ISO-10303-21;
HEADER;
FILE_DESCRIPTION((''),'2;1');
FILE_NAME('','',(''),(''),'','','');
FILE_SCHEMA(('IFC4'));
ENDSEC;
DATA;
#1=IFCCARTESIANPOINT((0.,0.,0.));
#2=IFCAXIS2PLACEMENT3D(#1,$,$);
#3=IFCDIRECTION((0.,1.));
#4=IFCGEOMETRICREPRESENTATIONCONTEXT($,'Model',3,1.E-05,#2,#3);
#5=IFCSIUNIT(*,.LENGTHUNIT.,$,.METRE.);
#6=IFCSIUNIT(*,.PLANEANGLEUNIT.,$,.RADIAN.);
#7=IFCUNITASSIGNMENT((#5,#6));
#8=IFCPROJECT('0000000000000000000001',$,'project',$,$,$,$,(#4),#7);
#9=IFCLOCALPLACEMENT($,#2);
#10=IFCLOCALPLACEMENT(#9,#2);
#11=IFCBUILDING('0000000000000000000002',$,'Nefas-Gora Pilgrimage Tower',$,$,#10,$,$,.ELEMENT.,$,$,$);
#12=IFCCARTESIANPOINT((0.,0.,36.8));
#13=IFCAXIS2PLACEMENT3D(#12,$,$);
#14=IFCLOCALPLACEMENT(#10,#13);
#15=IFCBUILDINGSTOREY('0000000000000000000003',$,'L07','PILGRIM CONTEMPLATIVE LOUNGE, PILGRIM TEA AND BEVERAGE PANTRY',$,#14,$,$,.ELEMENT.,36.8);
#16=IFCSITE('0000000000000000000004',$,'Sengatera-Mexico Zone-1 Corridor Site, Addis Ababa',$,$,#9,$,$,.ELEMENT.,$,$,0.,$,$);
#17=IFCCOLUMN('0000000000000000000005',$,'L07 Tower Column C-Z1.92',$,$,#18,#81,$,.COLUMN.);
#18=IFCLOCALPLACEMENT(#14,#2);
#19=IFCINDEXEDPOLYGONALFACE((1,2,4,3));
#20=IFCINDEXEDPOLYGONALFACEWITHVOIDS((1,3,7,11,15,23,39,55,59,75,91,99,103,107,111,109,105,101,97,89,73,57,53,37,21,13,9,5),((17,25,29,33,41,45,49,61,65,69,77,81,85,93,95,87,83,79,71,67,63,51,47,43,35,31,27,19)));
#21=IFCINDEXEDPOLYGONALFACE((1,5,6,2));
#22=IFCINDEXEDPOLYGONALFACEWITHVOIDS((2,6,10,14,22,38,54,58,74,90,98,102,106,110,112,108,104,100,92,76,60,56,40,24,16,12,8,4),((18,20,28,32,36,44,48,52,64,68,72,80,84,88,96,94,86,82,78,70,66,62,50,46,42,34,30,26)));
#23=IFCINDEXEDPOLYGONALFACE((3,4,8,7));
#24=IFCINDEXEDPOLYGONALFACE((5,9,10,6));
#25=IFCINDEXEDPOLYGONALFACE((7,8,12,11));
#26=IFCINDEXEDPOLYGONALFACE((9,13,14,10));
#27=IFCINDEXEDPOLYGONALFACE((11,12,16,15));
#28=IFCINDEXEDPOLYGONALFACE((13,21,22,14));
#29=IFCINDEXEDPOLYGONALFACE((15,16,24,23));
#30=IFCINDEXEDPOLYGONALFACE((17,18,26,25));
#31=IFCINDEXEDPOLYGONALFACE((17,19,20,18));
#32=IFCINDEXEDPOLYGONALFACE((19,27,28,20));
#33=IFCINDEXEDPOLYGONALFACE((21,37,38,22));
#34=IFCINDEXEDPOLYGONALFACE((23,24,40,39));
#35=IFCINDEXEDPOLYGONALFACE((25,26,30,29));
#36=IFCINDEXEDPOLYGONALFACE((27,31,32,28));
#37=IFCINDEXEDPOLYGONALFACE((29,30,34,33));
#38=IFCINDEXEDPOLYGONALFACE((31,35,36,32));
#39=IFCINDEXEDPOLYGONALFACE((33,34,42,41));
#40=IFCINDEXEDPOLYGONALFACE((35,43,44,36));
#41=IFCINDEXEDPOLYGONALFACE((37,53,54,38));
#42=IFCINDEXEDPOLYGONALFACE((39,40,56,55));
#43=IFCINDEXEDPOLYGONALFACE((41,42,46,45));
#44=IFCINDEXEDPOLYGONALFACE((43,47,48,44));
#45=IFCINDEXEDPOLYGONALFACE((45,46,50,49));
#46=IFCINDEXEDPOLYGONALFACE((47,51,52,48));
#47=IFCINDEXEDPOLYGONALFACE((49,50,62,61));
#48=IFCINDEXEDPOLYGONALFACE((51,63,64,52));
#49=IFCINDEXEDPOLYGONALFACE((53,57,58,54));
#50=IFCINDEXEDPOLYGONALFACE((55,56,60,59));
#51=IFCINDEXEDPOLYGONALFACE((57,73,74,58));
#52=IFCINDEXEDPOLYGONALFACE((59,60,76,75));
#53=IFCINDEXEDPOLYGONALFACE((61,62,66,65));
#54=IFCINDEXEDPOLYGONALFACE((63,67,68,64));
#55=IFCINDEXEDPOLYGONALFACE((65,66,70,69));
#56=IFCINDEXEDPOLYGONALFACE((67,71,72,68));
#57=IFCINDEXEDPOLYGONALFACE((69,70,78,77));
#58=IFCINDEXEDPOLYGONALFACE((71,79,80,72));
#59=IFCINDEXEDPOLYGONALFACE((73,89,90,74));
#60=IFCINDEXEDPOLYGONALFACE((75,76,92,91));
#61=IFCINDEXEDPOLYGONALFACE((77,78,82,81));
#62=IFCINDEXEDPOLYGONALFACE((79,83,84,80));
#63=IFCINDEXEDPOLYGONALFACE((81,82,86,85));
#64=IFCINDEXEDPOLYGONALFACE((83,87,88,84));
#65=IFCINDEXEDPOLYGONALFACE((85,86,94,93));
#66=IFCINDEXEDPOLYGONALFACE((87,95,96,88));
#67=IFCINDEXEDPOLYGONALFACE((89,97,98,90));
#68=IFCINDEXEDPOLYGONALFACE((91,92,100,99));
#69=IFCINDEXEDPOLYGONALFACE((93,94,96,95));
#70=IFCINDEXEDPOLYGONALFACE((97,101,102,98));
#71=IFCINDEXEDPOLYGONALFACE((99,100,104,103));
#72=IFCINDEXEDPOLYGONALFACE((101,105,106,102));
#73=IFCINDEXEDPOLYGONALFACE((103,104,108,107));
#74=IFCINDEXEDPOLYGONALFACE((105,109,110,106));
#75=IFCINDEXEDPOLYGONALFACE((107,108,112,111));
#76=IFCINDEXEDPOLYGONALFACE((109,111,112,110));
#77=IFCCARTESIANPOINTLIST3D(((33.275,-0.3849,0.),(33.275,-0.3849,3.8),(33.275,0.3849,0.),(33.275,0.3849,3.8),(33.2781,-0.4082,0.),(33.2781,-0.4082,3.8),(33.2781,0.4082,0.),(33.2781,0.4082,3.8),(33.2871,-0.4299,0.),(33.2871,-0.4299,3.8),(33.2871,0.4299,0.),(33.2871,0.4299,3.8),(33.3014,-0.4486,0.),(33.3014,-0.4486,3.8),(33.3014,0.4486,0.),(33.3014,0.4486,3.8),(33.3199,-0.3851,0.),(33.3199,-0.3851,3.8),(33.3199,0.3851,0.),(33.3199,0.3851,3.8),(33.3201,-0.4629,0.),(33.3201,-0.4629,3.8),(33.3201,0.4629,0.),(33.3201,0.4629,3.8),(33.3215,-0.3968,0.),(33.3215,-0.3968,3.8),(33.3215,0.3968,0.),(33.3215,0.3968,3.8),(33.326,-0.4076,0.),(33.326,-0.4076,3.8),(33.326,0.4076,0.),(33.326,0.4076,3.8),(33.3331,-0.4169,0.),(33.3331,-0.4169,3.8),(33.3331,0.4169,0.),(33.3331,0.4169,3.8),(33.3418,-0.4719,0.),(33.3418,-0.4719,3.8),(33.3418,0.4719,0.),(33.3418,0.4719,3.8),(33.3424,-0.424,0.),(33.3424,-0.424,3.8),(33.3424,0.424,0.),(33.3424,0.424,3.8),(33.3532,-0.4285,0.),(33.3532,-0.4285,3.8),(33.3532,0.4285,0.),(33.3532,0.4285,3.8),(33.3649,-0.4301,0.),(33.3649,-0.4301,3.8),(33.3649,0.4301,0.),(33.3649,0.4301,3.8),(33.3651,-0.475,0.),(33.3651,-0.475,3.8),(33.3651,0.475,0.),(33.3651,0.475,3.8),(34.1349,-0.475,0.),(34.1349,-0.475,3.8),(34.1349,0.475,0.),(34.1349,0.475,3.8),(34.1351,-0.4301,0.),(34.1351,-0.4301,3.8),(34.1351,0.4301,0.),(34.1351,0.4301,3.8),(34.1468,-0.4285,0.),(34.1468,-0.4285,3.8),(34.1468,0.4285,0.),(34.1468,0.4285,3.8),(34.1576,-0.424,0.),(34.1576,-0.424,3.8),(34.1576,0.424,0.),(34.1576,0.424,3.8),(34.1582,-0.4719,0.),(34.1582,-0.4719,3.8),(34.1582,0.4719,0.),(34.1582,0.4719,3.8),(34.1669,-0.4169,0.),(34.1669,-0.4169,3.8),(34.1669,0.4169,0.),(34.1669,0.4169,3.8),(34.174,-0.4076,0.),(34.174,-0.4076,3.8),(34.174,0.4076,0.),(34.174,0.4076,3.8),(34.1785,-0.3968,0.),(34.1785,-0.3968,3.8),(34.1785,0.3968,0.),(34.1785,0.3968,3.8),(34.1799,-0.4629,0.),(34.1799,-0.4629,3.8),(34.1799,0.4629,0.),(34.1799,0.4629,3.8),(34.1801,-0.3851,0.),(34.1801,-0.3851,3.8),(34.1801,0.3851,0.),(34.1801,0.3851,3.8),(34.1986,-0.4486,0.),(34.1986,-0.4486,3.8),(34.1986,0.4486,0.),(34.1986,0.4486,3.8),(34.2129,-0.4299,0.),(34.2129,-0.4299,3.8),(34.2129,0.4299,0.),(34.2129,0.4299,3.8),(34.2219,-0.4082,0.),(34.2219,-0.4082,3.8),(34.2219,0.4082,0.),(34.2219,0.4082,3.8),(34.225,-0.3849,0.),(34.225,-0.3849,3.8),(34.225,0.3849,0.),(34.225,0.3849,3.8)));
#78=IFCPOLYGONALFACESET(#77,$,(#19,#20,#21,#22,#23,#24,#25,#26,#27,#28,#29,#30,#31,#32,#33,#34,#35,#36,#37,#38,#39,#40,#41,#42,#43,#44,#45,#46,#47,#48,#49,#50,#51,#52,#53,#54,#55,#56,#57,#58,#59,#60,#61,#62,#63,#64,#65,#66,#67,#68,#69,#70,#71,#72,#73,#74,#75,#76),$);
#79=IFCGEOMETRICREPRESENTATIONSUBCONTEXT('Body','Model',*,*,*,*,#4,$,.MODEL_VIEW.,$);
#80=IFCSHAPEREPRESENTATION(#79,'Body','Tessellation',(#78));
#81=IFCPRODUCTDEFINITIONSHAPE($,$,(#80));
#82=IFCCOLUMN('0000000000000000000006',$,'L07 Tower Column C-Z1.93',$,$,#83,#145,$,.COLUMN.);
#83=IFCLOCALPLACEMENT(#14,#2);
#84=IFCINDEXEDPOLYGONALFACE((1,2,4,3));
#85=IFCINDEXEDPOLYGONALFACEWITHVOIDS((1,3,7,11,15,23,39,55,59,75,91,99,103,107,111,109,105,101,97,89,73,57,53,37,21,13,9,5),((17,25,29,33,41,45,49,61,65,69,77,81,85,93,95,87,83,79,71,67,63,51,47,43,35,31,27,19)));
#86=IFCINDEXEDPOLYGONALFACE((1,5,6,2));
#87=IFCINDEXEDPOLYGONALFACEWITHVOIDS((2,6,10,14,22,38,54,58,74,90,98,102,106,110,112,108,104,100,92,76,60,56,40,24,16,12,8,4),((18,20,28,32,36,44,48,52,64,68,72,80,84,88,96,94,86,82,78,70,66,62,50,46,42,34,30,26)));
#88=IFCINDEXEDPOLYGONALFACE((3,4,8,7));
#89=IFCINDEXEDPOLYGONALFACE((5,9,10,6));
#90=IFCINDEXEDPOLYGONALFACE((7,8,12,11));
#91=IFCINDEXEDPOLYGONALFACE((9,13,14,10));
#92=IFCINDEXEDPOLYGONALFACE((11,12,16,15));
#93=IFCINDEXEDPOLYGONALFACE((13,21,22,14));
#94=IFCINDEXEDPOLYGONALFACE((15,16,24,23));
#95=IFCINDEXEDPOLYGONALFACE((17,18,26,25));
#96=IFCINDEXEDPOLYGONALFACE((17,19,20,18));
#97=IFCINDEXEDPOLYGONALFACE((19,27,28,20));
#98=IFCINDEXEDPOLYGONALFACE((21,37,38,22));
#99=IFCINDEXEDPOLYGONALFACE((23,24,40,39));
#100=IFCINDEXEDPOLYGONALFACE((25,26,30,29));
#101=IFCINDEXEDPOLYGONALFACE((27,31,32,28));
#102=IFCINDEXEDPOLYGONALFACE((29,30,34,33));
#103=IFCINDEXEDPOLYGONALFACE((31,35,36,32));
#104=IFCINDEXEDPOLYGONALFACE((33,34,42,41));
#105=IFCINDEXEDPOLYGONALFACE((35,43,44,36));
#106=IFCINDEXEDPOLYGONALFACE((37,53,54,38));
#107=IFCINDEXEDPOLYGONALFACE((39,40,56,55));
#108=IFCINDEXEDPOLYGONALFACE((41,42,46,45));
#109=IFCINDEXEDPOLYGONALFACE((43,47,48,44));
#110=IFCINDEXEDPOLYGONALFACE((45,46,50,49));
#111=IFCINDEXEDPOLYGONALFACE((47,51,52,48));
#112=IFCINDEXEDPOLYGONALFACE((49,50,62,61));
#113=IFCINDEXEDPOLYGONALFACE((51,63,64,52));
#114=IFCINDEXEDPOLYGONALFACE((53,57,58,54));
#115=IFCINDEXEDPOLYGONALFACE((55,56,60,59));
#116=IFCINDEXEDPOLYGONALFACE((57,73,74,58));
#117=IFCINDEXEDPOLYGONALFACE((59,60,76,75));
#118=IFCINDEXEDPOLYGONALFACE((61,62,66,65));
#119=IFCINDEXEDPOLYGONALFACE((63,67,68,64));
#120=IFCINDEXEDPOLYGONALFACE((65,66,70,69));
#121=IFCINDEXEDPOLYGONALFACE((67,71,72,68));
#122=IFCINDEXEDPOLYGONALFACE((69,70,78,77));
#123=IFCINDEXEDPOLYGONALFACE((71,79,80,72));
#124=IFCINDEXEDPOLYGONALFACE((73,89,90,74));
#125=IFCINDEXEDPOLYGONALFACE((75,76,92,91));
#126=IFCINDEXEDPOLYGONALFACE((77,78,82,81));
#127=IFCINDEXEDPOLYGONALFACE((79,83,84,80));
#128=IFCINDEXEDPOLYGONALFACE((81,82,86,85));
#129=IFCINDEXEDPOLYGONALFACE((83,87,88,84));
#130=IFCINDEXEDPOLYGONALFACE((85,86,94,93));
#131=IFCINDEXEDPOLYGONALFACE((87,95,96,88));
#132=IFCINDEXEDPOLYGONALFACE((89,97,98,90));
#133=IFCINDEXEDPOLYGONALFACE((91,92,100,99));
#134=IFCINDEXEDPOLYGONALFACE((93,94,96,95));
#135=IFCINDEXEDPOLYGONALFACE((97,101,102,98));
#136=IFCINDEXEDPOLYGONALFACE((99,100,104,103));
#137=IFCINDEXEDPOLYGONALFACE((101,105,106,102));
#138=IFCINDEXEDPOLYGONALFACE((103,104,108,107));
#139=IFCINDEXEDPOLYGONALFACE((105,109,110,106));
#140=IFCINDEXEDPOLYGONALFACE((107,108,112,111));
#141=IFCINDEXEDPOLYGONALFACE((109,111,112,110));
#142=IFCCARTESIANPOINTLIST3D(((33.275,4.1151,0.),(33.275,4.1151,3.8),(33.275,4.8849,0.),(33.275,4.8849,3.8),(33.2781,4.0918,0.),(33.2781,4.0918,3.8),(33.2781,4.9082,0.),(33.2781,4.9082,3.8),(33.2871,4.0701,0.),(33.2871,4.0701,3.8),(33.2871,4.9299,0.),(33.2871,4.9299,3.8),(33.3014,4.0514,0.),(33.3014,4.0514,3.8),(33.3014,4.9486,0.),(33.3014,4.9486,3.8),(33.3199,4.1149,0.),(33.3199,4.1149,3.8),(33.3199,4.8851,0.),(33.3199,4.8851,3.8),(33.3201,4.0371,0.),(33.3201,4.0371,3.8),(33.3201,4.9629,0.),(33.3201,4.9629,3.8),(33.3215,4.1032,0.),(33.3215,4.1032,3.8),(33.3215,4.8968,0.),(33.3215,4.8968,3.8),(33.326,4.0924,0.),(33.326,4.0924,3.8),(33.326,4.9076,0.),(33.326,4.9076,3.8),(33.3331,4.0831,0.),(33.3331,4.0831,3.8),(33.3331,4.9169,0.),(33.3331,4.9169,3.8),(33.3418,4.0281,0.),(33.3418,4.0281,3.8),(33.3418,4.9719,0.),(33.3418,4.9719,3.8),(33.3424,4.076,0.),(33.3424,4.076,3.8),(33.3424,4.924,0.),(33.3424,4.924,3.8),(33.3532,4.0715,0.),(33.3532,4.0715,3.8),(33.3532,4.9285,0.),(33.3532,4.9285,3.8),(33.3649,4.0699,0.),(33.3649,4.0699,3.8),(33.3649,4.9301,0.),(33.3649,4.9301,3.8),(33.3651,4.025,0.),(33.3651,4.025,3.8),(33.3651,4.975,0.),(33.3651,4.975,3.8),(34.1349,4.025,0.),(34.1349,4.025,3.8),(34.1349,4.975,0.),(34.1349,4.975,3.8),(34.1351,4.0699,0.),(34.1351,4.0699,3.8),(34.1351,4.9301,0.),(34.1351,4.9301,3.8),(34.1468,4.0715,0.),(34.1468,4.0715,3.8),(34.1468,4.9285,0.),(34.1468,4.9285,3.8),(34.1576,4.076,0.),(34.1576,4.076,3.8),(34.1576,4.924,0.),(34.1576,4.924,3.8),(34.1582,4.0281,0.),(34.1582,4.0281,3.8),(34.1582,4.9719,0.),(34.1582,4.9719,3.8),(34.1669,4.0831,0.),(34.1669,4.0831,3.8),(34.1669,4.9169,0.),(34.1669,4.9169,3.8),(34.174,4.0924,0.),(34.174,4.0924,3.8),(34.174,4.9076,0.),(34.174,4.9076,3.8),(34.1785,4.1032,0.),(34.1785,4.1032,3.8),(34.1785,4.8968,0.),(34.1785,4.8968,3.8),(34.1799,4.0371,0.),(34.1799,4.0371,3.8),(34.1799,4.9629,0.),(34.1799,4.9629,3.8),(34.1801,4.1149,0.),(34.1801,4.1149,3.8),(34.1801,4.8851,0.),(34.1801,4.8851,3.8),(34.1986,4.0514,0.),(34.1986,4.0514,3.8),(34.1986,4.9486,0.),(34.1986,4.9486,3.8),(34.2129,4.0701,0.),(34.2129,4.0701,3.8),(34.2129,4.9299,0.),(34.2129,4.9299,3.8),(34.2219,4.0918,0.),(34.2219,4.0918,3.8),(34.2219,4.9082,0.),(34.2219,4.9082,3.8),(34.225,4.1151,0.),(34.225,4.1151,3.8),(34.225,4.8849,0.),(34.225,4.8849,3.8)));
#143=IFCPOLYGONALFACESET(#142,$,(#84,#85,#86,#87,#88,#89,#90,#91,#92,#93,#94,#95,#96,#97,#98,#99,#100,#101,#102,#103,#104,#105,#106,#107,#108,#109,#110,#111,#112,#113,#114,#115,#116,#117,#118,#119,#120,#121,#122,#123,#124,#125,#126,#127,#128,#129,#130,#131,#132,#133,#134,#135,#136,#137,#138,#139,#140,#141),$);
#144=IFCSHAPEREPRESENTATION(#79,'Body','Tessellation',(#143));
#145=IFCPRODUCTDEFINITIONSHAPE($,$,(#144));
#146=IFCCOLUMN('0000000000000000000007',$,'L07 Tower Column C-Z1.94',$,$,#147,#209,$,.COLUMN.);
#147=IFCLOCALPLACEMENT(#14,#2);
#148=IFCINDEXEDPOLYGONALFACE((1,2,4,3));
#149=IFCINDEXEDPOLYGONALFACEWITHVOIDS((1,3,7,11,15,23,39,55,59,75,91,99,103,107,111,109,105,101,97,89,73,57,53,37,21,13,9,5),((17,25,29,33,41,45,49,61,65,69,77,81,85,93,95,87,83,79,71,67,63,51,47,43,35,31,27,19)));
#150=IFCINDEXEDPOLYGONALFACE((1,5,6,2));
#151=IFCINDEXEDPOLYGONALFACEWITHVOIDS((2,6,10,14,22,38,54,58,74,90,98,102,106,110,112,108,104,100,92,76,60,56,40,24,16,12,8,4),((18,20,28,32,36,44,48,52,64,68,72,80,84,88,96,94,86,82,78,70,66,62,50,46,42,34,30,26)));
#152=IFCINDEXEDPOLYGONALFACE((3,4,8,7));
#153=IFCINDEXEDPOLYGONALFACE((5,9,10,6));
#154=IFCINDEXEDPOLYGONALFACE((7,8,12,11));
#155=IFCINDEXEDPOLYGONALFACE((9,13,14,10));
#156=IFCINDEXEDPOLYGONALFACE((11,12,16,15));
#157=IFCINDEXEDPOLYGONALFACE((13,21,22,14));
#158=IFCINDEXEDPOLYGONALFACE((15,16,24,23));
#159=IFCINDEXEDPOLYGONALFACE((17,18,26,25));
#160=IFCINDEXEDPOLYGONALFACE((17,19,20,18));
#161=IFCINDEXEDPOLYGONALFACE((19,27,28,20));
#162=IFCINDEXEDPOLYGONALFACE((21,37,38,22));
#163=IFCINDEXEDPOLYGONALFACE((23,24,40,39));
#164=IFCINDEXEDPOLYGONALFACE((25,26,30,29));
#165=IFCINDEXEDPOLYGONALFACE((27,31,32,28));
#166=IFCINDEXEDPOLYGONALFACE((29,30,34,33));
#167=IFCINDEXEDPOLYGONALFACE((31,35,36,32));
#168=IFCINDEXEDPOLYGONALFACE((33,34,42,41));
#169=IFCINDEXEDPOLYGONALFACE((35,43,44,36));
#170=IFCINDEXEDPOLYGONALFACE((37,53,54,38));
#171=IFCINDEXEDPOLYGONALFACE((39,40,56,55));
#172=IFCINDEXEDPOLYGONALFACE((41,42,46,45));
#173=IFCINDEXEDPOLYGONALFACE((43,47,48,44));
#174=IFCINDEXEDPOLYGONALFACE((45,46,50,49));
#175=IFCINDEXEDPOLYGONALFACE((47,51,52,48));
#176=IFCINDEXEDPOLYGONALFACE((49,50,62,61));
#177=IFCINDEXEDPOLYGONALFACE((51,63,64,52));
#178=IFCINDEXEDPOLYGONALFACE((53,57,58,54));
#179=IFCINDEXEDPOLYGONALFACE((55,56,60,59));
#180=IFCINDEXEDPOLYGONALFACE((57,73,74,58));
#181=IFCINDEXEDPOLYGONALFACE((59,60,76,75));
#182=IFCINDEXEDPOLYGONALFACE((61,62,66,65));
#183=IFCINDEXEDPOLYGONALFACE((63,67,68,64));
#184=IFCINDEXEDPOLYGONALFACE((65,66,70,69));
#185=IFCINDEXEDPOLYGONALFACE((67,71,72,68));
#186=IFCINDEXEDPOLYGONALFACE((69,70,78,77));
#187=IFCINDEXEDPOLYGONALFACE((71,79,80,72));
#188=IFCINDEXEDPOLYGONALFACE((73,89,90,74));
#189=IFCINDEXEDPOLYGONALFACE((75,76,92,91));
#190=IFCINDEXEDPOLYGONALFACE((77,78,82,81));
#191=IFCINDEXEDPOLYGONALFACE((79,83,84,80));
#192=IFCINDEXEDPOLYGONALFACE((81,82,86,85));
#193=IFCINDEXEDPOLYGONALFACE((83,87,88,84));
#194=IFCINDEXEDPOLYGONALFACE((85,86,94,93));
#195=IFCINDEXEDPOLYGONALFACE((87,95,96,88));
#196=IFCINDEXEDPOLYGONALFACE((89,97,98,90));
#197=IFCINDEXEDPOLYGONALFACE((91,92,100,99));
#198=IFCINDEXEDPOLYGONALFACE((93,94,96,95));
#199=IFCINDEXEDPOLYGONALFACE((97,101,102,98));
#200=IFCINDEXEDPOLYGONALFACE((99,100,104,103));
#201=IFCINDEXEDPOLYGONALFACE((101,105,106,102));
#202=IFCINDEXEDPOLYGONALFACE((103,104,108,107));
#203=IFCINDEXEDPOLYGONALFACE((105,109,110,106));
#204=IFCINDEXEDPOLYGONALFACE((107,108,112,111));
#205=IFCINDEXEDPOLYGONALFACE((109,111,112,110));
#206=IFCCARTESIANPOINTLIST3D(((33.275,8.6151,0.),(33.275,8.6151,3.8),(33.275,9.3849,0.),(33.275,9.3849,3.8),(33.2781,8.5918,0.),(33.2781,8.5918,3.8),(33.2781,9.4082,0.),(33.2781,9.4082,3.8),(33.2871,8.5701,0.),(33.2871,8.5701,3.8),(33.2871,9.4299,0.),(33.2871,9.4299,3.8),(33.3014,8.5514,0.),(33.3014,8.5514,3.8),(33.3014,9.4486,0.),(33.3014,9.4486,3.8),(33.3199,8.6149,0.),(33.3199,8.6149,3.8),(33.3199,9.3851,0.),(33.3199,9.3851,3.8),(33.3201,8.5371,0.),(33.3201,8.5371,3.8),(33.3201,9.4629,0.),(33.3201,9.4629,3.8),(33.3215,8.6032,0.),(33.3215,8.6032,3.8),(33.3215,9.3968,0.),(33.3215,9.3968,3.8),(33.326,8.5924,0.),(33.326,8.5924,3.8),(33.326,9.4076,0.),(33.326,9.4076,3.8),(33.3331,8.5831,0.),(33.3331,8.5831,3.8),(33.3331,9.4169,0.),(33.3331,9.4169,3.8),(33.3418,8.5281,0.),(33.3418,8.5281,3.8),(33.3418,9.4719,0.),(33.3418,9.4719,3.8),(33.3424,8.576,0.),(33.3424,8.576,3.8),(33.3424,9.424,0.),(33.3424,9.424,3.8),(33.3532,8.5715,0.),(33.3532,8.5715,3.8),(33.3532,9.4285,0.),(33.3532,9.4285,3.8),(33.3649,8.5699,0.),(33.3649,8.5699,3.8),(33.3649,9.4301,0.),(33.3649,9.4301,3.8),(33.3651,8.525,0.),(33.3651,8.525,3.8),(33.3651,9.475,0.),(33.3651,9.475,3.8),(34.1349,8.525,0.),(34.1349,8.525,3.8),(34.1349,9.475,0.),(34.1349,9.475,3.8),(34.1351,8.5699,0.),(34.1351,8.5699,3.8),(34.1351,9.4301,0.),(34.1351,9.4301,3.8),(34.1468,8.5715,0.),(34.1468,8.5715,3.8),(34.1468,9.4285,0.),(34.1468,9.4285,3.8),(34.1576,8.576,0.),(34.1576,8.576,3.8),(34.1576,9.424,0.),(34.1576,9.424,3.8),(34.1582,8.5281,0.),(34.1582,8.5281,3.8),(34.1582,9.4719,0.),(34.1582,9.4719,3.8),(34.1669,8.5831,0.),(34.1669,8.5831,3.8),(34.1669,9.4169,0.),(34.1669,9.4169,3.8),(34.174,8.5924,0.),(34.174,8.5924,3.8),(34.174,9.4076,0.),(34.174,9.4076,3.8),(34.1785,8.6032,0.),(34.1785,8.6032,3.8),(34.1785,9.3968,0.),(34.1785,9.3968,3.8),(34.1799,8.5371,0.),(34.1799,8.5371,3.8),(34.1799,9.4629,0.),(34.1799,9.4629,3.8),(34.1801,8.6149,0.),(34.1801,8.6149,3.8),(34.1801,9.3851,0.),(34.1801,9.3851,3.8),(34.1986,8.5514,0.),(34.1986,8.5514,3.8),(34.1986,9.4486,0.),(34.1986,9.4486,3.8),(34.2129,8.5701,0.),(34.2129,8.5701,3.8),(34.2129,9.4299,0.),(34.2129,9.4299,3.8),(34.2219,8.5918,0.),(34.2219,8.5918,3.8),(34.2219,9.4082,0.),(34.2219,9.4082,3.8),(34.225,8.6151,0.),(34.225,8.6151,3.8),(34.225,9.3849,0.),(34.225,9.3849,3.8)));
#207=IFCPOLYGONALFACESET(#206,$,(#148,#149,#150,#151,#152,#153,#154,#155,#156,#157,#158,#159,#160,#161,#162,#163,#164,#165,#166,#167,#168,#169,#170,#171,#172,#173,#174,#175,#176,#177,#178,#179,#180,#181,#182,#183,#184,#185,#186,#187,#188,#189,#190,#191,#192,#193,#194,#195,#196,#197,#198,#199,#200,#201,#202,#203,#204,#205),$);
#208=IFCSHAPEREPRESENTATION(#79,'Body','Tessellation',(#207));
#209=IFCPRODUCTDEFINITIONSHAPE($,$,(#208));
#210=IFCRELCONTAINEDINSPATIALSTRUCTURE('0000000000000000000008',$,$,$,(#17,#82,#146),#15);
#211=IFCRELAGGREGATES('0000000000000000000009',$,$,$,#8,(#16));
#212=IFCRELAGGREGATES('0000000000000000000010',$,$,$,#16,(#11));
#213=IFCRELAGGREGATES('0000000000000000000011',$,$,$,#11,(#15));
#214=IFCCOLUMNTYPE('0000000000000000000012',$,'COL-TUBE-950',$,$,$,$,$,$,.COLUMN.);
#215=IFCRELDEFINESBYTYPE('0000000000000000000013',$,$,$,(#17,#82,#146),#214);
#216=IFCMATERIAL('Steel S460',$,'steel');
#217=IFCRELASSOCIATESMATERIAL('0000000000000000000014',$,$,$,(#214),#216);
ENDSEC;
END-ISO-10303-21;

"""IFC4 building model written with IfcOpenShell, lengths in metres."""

from ifc_helpers import new_model, si_unit, direction, frame, origin, origin_2d, place, context, subcontext, project, spatial, hollow_rectangle, extrude, source, transform, mapped, material, material_profile, profile_set, type_object, element, save


model = new_model("IFC4")

# Units and contexts
model_context = context("Model", 3, precision=1e-05, world=origin(), true_north=direction((0.0, 1.0)))
body_context = subcontext(model_context, "Body", "Model", "MODEL_VIEW")
ifc_project = project(units=[si_unit("LENGTHUNIT", "METRE"), si_unit("PLANEANGLEUNIT", "RADIAN")], contexts=[model_context])

# Site, building, storey
site_placement = place(None, origin())
site = spatial("IfcSite", under=ifc_project, at=site_placement, Name="Sengatera-Mexico Zone-1 Corridor Site, Addis Ababa", CompositionType="ELEMENT", RefElevation=0.0)
building_placement = place(site_placement, origin())
building = spatial("IfcBuilding", under=site, at=building_placement, Name="Nefas-Gora Pilgrimage Tower", CompositionType="ELEMENT")
storey_placement = place(building_placement, frame((0.0, 0.0, 36.8)))
storey = spatial("IfcBuildingStorey", under=building, at=storey_placement, Name="L07", Description="PILGRIM CONTEMPLATIVE LOUNGE, PILGRIM TEA AND BEVERAGE PANTRY", CompositionType="ELEMENT", Elevation=36.8)

# Columns
ifc_material_1 = material(Name="Steel S460", Category="steel")
ifc_material_profile_1 = material_profile(ifc_material_1, hollow_rectangle(XDim=0.95, YDim=0.95, WallThickness=0.0449, InnerFilletRadius=0.0449, OuterFilletRadius=0.0901, at=origin_2d()), Name="BOX 950x950x45")
ifc_profile_set_1 = profile_set([ifc_material_profile_1], Name="Steel S460")
column_type_1 = type_object("IfcColumnType", Name="COL-TUBE-950", PredefinedType="COLUMN", material=ifc_profile_set_1)
shared_shape_1 = source(origin(), body_context, "Body", "SweptSolid", [
    extrude(hollow_rectangle(XDim=0.95, YDim=0.95, WallThickness=0.0449, InnerFilletRadius=0.0449, OuterFilletRadius=0.0901, at=origin_2d()), origin(), (0.0, 0.0, 1.0), 3.8),
])
for number, where, z_axis, x_axis, name in (
    (1, (33.75, 0.0, 0.0), (0.0, 0.0, 1.0), (1.0, 0.0, 0.0), "L07 Tower Column C-Z1.92"),
    (2, (33.75, 4.5, 0.0), (0.0, 0.0, 1.0), (1.0, 0.0, 0.0), "L07 Tower Column C-Z1.93"),
    (3, (33.75, 9.0, 0.0), (0.0, 0.0, 1.0), (1.0, 0.0, 0.0), "L07 Tower Column C-Z1.94"),
):
    element("IfcColumn", number, at=place(storey_placement, frame(where, z_axis=z_axis, x_axis=x_axis)), inside=storey, type_object=column_type_1, Name=name, PredefinedType="COLUMN", context=body_context, shape_type="MappedRepresentation", body=[
        mapped(shared_shape_1, transform((0.0, 0.0, 0.0), x_axis=(1.0, 0.0, 0.0), y_axis=(0.0, 1.0, 0.0), z_axis=(0.0, 0.0, 1.0), scale=1.0)),
    ])

save(model, "model.ifc")
